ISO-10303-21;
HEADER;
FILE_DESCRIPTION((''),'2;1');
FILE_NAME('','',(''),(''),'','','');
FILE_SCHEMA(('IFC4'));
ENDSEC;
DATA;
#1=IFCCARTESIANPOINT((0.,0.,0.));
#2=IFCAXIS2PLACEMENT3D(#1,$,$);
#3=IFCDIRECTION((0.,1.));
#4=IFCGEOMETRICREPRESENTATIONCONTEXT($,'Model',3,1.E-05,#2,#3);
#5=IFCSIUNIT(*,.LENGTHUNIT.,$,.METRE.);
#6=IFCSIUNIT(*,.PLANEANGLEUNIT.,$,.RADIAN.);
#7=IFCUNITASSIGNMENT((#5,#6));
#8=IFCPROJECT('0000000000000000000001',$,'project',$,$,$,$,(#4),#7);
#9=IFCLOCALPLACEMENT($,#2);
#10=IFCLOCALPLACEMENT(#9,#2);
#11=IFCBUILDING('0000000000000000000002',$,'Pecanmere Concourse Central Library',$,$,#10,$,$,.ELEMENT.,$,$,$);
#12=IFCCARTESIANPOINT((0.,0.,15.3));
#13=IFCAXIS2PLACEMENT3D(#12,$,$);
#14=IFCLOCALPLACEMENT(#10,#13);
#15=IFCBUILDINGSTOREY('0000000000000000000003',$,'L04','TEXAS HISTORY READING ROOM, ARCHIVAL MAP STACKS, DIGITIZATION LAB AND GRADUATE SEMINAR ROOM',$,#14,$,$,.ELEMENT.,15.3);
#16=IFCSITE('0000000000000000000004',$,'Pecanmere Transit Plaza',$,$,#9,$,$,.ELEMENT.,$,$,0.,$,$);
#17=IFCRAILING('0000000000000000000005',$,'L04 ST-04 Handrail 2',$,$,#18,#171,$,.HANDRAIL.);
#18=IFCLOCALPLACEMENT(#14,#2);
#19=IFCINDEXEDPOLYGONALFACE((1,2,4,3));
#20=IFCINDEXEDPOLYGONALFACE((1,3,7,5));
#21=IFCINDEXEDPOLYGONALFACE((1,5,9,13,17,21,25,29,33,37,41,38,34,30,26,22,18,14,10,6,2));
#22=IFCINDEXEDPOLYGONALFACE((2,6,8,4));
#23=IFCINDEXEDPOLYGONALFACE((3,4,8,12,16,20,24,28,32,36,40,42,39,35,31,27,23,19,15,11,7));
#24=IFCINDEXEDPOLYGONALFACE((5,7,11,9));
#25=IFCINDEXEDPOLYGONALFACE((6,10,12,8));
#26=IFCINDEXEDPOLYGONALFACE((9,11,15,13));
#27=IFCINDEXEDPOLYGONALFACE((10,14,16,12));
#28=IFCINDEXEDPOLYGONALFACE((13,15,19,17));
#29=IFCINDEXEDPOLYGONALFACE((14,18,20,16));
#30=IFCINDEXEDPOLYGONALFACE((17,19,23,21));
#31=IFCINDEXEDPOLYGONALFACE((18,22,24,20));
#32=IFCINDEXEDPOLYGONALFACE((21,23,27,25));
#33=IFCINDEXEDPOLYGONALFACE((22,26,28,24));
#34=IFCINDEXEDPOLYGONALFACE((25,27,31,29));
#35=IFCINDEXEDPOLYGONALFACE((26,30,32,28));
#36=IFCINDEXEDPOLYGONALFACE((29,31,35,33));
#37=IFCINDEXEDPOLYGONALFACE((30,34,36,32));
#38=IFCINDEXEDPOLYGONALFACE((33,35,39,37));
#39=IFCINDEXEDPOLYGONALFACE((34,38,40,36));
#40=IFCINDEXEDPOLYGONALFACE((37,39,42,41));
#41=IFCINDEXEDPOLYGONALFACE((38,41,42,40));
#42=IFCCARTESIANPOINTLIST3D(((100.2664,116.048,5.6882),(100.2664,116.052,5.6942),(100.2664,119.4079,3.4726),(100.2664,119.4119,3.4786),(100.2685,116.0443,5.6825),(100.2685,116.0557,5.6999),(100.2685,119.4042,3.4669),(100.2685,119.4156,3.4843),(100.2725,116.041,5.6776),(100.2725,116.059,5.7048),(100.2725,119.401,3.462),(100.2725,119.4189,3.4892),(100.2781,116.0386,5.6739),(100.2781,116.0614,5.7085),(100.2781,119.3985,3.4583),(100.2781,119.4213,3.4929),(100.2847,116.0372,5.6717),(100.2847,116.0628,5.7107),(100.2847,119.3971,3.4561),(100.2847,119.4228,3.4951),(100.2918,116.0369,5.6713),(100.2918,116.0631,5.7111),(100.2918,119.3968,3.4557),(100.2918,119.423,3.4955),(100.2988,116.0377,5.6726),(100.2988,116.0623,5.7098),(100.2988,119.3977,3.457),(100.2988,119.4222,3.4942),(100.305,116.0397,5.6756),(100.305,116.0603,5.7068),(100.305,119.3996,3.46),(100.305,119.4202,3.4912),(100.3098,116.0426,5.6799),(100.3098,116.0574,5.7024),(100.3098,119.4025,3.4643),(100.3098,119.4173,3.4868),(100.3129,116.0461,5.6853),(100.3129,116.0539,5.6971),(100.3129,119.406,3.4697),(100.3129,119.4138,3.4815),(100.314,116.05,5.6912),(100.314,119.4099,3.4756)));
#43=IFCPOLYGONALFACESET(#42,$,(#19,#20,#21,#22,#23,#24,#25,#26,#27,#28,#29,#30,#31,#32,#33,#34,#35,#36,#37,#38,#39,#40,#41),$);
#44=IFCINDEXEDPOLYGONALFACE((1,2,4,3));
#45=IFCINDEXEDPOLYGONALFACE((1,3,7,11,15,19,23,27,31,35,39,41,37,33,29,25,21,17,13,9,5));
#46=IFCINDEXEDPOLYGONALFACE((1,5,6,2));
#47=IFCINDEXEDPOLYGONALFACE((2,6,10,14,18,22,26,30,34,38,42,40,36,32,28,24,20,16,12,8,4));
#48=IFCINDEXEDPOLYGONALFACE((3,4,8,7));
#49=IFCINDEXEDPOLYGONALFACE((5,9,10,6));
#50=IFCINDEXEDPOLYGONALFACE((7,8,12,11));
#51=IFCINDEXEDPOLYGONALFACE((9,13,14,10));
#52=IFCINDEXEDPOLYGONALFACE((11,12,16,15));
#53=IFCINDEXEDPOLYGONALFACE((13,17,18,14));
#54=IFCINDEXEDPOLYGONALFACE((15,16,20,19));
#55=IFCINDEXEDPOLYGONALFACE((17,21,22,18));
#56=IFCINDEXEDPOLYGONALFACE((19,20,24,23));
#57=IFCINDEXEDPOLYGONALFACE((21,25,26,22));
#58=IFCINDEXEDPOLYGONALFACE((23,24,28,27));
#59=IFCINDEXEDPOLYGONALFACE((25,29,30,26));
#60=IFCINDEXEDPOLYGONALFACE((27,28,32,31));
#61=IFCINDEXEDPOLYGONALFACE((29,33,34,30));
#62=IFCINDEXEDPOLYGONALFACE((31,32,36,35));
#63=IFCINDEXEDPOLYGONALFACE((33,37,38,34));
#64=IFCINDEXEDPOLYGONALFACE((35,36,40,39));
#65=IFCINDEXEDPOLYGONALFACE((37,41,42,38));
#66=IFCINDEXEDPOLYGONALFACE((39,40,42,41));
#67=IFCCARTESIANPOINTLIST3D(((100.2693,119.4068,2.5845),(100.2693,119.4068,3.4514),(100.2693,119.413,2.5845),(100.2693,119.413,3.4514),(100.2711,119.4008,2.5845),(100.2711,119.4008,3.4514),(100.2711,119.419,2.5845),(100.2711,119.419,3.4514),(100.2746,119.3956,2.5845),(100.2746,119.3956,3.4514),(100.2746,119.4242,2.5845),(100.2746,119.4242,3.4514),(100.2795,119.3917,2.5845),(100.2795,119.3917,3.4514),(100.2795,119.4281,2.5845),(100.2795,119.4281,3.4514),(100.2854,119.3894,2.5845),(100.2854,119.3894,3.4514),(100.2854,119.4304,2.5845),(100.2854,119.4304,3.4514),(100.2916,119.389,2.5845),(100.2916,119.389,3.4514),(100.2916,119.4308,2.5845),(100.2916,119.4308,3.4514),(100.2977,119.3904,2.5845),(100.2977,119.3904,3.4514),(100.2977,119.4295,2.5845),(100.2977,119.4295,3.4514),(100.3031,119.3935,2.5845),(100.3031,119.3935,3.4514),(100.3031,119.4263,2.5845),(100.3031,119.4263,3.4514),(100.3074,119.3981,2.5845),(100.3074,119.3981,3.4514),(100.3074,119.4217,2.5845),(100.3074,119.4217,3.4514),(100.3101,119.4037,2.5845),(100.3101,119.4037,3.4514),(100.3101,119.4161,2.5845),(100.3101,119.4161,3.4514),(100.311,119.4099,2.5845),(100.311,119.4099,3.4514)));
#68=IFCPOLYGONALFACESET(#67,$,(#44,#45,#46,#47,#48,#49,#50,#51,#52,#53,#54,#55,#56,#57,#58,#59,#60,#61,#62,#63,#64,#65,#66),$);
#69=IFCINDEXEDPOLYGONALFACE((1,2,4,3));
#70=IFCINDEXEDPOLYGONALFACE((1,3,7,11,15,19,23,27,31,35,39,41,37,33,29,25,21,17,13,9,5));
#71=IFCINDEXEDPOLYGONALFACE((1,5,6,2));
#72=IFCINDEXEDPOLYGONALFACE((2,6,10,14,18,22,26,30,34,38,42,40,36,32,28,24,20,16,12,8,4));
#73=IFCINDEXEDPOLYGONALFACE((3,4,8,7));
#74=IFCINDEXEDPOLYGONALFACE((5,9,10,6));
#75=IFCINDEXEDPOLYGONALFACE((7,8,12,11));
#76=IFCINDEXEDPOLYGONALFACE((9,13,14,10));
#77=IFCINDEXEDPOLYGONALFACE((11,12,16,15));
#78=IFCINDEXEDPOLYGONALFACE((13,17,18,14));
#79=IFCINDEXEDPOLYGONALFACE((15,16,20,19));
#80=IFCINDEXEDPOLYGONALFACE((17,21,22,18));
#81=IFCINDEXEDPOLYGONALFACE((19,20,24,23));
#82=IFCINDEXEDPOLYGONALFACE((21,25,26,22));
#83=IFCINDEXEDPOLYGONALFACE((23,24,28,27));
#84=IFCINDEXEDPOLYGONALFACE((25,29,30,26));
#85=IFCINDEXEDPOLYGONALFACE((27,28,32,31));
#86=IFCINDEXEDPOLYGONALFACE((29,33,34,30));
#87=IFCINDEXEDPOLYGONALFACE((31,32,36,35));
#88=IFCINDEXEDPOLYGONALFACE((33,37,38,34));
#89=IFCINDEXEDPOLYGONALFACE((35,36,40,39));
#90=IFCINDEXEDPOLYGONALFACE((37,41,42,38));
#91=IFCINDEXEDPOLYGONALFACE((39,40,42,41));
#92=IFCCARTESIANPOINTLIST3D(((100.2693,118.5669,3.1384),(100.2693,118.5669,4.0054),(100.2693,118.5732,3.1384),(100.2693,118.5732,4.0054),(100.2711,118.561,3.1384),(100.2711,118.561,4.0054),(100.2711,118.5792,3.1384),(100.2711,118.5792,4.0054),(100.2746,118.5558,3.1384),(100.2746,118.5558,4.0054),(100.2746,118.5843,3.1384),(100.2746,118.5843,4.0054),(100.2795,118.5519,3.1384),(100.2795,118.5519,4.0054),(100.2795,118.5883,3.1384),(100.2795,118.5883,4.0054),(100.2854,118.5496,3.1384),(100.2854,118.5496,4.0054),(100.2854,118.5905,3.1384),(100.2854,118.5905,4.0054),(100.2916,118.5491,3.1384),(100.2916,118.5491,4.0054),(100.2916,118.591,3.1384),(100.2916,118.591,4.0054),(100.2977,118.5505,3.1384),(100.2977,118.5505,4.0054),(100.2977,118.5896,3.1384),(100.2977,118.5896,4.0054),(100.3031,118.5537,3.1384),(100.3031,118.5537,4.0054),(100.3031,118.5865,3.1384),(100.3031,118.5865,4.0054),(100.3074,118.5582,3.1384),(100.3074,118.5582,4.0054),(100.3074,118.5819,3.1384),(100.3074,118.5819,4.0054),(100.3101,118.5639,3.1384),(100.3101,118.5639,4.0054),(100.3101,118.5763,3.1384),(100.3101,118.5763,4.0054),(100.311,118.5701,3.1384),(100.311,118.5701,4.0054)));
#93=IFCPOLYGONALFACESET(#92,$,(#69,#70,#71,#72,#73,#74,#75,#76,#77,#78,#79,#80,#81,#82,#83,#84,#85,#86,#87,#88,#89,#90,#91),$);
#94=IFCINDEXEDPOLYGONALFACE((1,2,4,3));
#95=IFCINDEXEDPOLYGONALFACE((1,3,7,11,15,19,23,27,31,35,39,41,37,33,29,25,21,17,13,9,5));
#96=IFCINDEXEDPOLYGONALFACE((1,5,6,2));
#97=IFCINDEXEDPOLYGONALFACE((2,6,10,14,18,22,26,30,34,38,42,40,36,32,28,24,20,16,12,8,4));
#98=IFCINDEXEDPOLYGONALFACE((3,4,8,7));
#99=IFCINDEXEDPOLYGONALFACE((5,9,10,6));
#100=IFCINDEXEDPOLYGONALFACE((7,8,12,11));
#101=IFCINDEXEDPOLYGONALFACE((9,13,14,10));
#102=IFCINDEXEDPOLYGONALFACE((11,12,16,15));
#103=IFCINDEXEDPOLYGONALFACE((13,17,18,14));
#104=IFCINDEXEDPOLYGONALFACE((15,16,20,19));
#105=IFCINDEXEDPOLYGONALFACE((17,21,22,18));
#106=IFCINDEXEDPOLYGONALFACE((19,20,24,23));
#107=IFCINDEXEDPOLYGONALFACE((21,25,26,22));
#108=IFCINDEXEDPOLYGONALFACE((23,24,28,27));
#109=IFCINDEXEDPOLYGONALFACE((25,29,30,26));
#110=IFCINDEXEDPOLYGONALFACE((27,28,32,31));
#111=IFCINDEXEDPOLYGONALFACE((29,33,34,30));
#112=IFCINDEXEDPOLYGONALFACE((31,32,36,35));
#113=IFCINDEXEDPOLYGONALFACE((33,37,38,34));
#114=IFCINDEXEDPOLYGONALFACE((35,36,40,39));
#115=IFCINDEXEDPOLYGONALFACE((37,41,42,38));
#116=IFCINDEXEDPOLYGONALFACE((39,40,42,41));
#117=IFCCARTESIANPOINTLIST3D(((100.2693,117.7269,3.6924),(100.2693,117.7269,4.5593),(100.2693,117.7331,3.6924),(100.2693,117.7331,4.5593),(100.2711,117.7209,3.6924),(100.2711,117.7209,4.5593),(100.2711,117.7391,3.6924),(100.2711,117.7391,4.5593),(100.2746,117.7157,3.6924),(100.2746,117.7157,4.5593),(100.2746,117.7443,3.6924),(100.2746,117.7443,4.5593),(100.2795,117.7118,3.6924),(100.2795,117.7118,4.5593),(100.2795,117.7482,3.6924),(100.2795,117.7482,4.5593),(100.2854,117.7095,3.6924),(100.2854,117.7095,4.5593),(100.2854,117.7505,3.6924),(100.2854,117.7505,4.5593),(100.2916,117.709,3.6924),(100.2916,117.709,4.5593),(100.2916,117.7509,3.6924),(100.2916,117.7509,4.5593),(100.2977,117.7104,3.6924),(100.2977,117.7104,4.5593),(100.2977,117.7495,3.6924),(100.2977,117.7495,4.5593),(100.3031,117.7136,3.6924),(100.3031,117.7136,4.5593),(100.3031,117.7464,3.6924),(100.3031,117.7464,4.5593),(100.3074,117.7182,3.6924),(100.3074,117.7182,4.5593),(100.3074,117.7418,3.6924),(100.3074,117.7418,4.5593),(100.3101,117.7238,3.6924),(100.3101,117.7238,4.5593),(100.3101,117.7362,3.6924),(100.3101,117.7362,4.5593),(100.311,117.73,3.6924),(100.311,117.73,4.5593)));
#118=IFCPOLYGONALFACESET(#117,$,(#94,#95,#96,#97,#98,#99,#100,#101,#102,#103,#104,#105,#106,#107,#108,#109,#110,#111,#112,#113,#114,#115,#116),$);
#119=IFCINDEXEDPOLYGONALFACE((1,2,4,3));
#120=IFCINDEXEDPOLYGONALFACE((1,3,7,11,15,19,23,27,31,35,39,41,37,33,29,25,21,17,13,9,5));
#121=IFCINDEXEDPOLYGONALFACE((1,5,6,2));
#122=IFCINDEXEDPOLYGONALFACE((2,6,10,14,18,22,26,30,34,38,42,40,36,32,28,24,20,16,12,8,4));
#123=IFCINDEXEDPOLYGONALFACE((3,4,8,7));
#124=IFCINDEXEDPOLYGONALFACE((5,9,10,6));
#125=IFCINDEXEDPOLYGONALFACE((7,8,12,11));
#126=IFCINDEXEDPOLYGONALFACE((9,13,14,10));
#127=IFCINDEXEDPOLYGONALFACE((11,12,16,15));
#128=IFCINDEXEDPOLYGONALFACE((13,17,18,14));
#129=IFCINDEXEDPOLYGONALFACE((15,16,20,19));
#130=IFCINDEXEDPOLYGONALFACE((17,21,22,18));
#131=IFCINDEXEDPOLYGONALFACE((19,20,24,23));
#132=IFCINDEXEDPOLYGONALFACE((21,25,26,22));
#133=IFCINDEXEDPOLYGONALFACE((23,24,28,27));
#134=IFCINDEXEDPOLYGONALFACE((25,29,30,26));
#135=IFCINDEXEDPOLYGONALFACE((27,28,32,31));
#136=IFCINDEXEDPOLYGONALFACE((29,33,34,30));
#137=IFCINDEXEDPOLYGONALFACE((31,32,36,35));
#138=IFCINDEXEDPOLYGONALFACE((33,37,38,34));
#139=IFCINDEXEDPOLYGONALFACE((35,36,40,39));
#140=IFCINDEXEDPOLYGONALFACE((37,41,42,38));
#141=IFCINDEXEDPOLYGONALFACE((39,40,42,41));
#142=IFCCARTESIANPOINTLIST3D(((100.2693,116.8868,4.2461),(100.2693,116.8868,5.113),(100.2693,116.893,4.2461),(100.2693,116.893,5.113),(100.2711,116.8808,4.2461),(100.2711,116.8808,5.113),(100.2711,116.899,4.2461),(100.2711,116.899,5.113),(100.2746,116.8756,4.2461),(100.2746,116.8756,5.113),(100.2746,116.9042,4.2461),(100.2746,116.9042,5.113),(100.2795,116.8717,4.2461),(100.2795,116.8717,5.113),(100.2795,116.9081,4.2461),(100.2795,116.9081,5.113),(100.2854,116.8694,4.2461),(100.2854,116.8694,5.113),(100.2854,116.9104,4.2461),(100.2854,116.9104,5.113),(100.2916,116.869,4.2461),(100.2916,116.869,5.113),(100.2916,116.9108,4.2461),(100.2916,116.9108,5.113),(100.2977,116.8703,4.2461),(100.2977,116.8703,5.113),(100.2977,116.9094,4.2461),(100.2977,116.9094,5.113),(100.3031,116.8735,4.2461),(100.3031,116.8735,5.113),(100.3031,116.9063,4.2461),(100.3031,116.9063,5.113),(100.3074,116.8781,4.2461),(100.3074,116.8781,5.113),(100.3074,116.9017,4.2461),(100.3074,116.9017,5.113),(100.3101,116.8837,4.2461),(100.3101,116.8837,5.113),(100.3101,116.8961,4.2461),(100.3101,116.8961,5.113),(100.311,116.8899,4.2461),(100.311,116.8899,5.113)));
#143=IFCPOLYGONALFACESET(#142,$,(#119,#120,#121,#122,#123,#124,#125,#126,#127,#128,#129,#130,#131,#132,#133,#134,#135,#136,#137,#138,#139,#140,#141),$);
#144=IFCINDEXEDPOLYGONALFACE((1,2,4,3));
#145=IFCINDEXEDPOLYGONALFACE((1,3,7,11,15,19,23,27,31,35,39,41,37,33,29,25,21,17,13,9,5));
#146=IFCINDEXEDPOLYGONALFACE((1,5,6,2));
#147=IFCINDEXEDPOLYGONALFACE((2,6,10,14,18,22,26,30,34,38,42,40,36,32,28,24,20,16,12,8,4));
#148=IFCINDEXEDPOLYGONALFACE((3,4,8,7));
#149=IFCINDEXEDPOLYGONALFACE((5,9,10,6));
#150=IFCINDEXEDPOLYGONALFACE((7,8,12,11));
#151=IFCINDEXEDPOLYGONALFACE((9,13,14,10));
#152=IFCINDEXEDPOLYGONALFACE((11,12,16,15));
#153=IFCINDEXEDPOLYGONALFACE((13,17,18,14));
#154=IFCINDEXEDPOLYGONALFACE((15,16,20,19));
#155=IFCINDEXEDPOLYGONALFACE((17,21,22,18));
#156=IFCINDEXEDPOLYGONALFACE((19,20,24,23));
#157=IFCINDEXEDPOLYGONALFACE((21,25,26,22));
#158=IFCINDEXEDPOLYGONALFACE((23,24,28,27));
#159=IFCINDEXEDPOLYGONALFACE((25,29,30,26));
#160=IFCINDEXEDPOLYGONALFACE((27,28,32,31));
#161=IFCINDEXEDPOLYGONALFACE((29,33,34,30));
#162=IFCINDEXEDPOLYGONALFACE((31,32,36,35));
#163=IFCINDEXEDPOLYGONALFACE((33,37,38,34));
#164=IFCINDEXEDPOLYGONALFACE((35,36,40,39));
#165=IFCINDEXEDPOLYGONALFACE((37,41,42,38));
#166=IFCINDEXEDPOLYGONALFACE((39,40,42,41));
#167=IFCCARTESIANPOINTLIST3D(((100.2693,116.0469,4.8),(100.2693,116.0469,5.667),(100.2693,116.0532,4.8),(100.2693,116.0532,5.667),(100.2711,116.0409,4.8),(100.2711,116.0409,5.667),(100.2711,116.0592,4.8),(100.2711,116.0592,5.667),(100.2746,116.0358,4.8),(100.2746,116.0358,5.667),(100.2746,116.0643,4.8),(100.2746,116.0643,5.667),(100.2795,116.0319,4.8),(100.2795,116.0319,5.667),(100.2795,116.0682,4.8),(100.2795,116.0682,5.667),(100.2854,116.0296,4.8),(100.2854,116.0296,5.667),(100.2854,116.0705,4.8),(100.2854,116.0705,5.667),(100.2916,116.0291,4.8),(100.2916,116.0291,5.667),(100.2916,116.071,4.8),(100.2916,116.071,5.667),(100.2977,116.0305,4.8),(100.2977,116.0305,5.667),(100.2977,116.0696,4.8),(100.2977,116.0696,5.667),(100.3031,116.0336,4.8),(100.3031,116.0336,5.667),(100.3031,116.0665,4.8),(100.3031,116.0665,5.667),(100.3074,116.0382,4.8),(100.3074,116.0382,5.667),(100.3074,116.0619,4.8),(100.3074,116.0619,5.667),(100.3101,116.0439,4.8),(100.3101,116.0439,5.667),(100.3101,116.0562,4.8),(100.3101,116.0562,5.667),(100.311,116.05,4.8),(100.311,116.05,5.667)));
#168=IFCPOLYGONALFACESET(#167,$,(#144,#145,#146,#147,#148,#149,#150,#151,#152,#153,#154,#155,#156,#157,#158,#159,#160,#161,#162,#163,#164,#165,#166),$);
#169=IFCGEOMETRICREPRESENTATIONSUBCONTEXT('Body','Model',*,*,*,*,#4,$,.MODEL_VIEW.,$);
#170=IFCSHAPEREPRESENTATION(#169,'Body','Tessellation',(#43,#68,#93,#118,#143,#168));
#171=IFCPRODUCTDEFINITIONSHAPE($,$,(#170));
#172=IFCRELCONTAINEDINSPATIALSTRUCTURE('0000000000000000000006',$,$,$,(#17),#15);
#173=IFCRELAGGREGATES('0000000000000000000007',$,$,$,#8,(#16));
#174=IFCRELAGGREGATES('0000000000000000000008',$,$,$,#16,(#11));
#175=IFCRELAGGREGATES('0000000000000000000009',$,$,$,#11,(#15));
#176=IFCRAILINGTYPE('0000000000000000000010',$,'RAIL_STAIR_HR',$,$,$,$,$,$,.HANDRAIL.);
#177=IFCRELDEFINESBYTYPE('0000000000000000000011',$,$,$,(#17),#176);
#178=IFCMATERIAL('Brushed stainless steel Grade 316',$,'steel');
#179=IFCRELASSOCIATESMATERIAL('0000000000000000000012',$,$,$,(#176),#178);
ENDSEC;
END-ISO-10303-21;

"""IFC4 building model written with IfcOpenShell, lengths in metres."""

from ifc_helpers import new_model, si_unit, direction, frame, origin, origin_2d, place, context, subcontext, project, spatial, circle, extrude, material, type_object, element, save


model = new_model("IFC4")

# Units and contexts
model_context = context("Model", 3, precision=1e-05, world=origin(), true_north=direction((0.0, 1.0)))
body_context = subcontext(model_context, "Body", "Model", "MODEL_VIEW")
ifc_project = project(units=[si_unit("LENGTHUNIT", "METRE"), si_unit("PLANEANGLEUNIT", "RADIAN")], contexts=[model_context])

# Site, building, storey
site_placement = place(None, origin())
site = spatial("IfcSite", under=ifc_project, at=site_placement, Name="Pecanmere Transit Plaza", CompositionType="ELEMENT", RefElevation=0.0)
building_placement = place(site_placement, origin())
building = spatial("IfcBuilding", under=site, at=building_placement, Name="Pecanmere Concourse Central Library", CompositionType="ELEMENT")
storey_placement = place(building_placement, frame((0.0, 0.0, 15.3)))
storey = spatial("IfcBuildingStorey", under=building, at=storey_placement, Name="L04", Description="TEXAS HISTORY READING ROOM, ARCHIVAL MAP STACKS, DIGITIZATION LAB AND GRADUATE SEMINAR ROOM", CompositionType="ELEMENT", Elevation=15.3)

# Railing
ifc_material_1 = material(Name="Brushed stainless steel Grade 316", Category="steel")
railing_type_1 = type_object("IfcRailingType", Name="RAIL_STAIR_HR", PredefinedType="HANDRAIL", material=ifc_material_1)
railing_1_placement = place(storey_placement, frame((100.29, 119.4099, 2.5845)))
element("IfcRailing", 1, at=railing_1_placement, inside=storey, type_object=railing_type_1, Name="L04 ST-04 Handrail 2", PredefinedType="HANDRAIL", context=body_context, shape_type="SweptSolid", body=[
    extrude(circle(Radius=0.0239, at=origin_2d()), frame((0.0, 0.0, 0.8911), z_axis=(0.0, -0.83483, 0.550508), x_axis=(1.0, 0.0, 0.0)), (0.0, 0.0, 1.0), 4.0247),
    extrude(circle(Radius=0.021, at=origin_2d()), origin(), (0.0, 0.0, 1.0), 0.8669),
    extrude(circle(Radius=0.021, at=origin_2d()), frame((0.0, -0.8398, 0.554)), (0.0, 0.0, 1.0), 0.8669),
    extrude(circle(Radius=0.021, at=origin_2d()), frame((0.0, -1.6799, 1.1079)), (0.0, 0.0, 1.0), 0.8669),
    extrude(circle(Radius=0.021, at=origin_2d()), frame((0.0, -2.52, 1.6616)), (0.0, 0.0, 1.0), 0.8669),
    extrude(circle(Radius=0.021, at=origin_2d()), frame((0.0, -3.3599, 2.2156)), (0.0, 0.0, 1.0), 0.8669),
])

save(model, "model.ifc")
